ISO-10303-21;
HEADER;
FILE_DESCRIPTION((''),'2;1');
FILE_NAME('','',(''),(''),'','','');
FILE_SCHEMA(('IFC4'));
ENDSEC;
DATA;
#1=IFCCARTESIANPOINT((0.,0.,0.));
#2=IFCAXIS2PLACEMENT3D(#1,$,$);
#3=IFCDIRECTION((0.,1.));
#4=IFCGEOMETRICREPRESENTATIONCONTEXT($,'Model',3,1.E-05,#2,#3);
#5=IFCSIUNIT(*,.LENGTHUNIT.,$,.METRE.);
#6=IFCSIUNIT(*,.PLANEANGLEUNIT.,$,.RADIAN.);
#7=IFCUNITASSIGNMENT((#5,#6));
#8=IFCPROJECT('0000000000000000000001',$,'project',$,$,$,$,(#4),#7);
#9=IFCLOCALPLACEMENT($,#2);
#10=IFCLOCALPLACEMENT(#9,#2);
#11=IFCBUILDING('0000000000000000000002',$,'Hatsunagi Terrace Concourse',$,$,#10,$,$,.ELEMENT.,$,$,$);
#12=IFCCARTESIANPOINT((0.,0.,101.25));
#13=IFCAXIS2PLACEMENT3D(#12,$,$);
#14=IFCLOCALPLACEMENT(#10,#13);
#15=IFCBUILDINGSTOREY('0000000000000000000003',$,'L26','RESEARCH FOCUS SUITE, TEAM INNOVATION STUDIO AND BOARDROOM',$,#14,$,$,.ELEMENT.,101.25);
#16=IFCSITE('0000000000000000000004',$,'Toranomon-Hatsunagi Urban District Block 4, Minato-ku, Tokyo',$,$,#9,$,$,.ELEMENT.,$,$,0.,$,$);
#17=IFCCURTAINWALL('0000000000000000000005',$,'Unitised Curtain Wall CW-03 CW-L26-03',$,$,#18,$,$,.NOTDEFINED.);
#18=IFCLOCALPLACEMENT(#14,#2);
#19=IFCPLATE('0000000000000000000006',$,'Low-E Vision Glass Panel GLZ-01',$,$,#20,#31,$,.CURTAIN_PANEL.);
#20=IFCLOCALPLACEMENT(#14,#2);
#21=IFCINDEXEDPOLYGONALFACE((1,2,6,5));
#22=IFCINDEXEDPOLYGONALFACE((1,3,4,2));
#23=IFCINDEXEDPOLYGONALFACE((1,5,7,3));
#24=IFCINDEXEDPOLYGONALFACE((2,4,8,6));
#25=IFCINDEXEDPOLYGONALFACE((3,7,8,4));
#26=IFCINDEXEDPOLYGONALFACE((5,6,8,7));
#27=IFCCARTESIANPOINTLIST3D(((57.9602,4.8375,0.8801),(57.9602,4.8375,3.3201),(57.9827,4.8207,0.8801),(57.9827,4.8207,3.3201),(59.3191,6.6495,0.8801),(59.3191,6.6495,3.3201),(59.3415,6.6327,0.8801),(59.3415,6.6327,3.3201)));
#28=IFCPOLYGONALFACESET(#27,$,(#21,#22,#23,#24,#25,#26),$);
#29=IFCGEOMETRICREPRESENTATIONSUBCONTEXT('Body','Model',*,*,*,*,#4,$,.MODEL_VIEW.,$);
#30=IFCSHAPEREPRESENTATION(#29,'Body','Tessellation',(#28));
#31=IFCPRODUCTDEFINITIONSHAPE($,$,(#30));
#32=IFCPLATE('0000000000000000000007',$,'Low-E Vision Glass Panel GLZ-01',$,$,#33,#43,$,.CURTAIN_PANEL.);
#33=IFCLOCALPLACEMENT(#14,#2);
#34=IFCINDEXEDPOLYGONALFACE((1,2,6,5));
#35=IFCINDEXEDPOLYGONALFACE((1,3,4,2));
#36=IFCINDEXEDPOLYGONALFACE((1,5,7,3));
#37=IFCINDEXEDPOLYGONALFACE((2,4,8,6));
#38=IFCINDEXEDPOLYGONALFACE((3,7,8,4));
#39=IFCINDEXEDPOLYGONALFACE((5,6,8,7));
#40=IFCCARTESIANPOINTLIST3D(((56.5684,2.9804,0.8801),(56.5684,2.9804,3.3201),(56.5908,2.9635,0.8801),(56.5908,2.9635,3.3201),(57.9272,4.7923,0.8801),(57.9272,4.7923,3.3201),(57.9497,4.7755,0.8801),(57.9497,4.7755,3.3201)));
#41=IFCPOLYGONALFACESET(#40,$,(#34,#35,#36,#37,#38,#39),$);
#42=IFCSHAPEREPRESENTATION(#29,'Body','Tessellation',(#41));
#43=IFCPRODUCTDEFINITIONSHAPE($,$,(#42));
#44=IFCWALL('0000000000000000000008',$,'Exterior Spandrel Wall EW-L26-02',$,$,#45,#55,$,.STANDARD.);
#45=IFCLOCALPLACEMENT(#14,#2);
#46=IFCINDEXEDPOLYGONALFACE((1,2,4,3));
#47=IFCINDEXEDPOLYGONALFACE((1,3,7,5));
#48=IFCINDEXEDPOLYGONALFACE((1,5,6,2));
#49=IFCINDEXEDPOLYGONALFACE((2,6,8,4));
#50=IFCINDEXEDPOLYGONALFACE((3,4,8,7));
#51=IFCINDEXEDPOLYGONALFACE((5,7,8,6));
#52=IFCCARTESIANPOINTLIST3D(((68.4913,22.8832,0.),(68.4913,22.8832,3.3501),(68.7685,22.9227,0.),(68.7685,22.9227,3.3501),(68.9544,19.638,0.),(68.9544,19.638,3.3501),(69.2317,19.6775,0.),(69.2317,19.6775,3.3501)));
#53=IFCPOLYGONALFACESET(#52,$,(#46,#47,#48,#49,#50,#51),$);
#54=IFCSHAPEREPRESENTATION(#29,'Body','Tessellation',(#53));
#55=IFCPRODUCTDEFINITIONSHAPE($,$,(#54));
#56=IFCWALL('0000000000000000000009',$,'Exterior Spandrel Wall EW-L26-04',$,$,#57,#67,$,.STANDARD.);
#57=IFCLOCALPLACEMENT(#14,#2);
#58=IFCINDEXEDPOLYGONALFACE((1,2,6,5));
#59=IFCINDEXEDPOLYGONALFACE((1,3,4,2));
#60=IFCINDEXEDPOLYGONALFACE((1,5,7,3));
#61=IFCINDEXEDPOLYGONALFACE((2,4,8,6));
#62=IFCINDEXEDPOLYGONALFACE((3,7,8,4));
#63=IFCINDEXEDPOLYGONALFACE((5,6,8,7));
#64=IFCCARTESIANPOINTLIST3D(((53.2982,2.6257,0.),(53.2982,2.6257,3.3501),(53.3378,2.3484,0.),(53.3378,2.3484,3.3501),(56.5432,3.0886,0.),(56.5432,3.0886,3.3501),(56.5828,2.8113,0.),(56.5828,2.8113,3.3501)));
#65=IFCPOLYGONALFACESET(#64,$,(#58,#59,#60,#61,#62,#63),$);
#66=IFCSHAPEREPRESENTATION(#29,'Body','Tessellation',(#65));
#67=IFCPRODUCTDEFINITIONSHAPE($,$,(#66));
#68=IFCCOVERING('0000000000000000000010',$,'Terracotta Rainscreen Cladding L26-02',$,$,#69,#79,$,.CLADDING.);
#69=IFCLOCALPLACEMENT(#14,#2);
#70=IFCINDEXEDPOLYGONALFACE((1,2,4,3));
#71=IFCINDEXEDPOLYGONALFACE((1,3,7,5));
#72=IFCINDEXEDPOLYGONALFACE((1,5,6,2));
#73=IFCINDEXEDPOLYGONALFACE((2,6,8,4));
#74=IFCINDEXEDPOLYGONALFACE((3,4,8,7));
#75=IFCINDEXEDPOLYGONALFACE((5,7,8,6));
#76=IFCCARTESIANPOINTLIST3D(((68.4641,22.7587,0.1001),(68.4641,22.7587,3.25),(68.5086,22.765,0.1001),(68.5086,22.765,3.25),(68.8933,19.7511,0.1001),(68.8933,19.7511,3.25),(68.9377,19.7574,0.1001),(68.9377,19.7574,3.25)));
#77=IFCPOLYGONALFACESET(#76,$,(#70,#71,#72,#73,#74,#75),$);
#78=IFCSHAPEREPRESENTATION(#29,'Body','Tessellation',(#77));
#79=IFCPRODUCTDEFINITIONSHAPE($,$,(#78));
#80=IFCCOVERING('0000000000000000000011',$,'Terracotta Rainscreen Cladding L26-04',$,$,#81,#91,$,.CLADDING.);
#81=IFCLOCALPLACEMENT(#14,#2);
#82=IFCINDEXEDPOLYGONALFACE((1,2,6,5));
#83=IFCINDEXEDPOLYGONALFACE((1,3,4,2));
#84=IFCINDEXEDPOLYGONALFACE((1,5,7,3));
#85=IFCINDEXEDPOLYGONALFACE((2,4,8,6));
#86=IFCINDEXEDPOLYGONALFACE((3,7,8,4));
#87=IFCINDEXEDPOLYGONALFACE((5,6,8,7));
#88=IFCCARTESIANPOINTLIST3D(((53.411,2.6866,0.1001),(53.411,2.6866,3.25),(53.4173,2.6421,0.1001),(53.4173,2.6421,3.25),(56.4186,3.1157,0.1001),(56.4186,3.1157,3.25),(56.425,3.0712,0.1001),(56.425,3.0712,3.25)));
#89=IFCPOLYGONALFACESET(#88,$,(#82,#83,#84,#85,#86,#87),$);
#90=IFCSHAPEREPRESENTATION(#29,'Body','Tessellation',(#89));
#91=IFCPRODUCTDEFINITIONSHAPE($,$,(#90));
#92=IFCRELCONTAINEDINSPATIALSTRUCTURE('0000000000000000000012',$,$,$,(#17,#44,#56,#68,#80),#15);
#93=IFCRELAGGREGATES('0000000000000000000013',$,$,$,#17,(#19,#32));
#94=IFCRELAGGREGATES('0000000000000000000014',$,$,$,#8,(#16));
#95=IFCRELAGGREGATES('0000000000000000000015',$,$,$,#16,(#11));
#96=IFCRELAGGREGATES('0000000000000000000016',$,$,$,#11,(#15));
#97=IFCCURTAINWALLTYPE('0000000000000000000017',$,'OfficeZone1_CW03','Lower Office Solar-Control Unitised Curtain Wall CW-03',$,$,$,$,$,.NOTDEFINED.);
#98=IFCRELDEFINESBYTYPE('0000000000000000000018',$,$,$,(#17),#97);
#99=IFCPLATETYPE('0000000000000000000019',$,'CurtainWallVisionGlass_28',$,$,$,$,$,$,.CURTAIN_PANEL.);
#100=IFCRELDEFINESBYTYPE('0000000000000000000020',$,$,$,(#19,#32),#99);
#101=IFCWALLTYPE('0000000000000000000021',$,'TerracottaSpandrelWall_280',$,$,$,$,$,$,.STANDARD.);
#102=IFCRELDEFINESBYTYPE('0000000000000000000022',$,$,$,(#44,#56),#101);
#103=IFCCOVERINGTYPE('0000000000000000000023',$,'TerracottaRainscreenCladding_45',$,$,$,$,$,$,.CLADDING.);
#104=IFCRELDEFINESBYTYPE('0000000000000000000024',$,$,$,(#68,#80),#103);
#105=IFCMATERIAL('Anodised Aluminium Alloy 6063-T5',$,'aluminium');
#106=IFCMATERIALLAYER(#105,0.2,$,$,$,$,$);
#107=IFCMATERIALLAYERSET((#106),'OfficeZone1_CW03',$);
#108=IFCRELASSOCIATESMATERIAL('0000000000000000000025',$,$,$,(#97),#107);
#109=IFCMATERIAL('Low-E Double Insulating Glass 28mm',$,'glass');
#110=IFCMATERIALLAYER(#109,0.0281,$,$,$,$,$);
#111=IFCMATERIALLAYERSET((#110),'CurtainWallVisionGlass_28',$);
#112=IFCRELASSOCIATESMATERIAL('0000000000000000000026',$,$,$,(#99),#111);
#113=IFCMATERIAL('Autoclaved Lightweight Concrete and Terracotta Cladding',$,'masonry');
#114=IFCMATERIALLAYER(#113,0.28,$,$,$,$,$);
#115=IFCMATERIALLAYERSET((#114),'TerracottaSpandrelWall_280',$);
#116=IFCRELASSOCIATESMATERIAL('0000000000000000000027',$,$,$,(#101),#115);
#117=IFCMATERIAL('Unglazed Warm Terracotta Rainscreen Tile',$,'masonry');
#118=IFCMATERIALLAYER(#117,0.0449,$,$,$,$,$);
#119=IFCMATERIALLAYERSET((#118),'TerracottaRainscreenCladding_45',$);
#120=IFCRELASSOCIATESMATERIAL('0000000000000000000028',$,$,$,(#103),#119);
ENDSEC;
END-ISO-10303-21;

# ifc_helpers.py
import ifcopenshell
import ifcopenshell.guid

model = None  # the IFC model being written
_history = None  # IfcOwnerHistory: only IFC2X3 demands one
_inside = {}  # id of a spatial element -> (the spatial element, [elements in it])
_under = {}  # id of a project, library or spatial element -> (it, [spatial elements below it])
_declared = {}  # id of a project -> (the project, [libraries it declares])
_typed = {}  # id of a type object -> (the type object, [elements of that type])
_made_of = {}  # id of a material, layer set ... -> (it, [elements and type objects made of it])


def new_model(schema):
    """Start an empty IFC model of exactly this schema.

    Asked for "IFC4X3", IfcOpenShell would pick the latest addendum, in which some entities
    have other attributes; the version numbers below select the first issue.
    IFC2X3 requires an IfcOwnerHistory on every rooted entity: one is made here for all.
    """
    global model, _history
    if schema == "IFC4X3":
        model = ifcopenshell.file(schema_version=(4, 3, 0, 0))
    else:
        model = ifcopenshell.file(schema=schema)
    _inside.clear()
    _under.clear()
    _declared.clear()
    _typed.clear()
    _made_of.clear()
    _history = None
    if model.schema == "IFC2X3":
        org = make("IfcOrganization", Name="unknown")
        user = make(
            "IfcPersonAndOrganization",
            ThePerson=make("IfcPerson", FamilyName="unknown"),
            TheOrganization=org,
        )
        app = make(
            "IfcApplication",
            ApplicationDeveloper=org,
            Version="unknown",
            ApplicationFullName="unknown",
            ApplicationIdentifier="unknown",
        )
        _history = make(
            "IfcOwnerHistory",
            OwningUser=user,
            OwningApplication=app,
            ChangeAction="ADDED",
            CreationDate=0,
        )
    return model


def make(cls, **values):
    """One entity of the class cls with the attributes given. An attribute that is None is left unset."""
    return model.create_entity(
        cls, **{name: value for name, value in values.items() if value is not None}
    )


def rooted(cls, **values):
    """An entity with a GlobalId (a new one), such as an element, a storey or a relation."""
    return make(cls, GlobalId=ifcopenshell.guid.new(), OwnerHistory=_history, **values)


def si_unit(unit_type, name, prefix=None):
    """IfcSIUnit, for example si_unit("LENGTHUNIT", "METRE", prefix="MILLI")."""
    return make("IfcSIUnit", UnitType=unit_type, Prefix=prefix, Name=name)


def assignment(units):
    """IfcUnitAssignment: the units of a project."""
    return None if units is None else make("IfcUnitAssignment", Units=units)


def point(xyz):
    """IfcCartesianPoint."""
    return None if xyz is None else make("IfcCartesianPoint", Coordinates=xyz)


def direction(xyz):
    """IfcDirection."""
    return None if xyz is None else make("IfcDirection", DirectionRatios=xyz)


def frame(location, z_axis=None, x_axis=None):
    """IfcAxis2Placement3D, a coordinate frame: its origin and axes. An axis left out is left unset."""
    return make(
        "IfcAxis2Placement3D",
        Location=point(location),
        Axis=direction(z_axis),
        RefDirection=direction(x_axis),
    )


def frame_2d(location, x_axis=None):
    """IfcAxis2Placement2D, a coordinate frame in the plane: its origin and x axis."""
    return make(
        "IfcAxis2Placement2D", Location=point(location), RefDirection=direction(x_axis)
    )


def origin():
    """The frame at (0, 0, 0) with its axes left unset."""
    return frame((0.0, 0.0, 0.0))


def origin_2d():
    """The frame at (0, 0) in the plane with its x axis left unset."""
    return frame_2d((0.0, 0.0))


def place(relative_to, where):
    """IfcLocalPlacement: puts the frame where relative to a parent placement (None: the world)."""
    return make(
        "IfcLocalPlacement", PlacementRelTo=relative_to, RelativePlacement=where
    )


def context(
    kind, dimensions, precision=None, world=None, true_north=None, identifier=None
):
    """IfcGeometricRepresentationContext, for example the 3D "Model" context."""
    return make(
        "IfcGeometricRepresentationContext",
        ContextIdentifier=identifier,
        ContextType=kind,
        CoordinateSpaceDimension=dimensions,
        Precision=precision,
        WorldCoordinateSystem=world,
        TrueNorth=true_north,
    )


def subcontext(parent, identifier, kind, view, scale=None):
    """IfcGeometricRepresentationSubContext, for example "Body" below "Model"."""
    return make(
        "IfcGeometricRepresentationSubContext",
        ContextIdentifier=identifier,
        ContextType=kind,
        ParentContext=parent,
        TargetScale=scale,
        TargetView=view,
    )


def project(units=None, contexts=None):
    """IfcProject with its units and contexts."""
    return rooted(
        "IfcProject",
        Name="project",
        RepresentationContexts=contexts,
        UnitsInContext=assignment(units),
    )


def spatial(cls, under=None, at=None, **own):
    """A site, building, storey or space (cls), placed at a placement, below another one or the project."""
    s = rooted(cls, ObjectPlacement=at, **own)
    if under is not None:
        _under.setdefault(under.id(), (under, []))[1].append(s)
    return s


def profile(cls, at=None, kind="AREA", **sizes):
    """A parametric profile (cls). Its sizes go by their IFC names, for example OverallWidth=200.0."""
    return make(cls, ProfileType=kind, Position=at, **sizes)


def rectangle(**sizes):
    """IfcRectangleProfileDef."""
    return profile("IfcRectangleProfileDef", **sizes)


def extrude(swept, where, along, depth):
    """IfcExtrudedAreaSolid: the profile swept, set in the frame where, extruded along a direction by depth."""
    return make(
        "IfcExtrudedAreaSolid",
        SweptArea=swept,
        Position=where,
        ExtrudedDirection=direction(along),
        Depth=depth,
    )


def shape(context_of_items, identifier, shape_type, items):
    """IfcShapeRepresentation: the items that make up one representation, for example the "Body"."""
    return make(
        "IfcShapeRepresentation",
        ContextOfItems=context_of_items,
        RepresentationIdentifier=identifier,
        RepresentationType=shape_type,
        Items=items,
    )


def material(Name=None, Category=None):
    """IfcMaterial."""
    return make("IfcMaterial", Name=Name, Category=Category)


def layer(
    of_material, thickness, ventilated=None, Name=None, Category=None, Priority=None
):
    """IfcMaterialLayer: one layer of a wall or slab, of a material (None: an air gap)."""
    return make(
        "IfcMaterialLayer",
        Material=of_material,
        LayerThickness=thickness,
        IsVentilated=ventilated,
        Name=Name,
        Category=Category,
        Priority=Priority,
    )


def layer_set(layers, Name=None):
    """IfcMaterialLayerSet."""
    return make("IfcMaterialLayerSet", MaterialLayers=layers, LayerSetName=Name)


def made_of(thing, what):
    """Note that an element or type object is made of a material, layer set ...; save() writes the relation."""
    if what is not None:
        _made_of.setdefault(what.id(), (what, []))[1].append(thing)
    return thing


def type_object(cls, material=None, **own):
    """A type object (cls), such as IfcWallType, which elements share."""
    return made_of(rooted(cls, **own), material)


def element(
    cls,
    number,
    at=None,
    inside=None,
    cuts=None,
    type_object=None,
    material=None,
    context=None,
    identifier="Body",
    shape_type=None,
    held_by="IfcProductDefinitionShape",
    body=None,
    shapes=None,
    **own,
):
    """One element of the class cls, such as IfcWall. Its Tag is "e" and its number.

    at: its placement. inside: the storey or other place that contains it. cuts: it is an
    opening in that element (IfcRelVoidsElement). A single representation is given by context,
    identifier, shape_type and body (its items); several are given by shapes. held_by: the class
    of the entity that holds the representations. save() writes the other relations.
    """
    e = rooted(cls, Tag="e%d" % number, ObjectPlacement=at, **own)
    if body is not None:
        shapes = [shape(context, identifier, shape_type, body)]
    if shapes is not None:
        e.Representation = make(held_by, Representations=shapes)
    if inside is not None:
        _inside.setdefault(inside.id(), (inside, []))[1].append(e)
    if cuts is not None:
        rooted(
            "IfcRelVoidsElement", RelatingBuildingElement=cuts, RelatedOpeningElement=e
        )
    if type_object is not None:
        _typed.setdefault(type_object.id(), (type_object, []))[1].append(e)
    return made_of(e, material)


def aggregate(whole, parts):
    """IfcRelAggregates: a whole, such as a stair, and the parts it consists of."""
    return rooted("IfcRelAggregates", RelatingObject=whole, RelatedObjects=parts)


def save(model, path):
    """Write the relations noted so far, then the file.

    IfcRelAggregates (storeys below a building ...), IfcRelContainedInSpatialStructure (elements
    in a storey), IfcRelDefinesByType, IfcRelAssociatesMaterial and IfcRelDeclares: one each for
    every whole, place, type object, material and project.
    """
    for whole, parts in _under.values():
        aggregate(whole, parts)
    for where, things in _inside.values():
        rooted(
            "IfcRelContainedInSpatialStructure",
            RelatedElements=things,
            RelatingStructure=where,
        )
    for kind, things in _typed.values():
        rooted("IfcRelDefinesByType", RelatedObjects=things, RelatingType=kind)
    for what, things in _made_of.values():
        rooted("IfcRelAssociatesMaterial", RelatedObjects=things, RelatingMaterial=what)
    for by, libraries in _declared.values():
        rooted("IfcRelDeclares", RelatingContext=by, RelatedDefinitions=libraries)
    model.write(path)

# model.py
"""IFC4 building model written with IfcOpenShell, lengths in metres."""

from ifc_helpers import new_model, si_unit, direction, frame, frame_2d, origin, origin_2d, place, context, subcontext, project, spatial, rectangle, extrude, material, layer, layer_set, type_object, element, aggregate, save


model = new_model("IFC4")

# Units and contexts
model_context = context("Model", 3, precision=1e-05, world=origin(), true_north=direction((0.0, 1.0)))
body_context = subcontext(model_context, "Body", "Model", "MODEL_VIEW")
ifc_project = project(units=[si_unit("LENGTHUNIT", "METRE"), si_unit("PLANEANGLEUNIT", "RADIAN")], contexts=[model_context])

# Site, building, storey
site_placement = place(None, origin())
site = spatial("IfcSite", under=ifc_project, at=site_placement, Name="Toranomon-Hatsunagi Urban District Block 4, Minato-ku, Tokyo", CompositionType="ELEMENT", RefElevation=0.0)
building_placement = place(site_placement, origin())
building = spatial("IfcBuilding", under=site, at=building_placement, Name="Hatsunagi Terrace Concourse", CompositionType="ELEMENT")
storey_placement = place(building_placement, frame((0.0, 0.0, 101.25)))
storey = spatial("IfcBuildingStorey", under=building, at=storey_placement, Name="L26", Description="RESEARCH FOCUS SUITE, TEAM INNOVATION STUDIO AND BOARDROOM", CompositionType="ELEMENT", Elevation=101.25)

# Curtain wall
ifc_material_1 = material(Name="Anodised Aluminium Alloy 6063-T5", Category="aluminium")
ifc_layer_1 = layer(ifc_material_1, 0.2)
ifc_layer_set_1 = layer_set([ifc_layer_1], Name="OfficeZone1_CW03")
curtain_wall_type = type_object("IfcCurtainWallType", Name="OfficeZone1_CW03", Description="Lower Office Solar-Control Unitised Curtain Wall CW-03", PredefinedType="NOTDEFINED", material=ifc_layer_set_1)
curtain_wall_placement = place(storey_placement, origin())
curtain_wall = element("IfcCurtainWall", 1, at=curtain_wall_placement, inside=storey, type_object=curtain_wall_type, Name="Unitised Curtain Wall CW-03 CW-L26-03", PredefinedType="NOTDEFINED")

# Plates
ifc_material_2 = material(Name="Low-E Double Insulating Glass 28mm", Category="glass")
ifc_layer_2 = layer(ifc_material_2, 0.0281)
ifc_layer_set_2 = layer_set([ifc_layer_2], Name="CurtainWallVisionGlass_28")
plate_type_1 = type_object("IfcPlateType", Name="CurtainWallVisionGlass_28", PredefinedType="CURTAIN_PANEL", material=ifc_layer_set_2)
plate_1_placement = place(storey_placement, frame((58.6509, 5.7351, 0.8801), z_axis=(0.0, 0.0, 1.0), x_axis=(-0.599969, -0.800023, 0.0)))
plate_1 = element("IfcPlate", 2, at=plate_1_placement, type_object=plate_type_1, Name="Low-E Vision Glass Panel GLZ-01", PredefinedType="CURTAIN_PANEL", context=body_context, shape_type="SweptSolid", body=[
    extrude(rectangle(XDim=2.2649, YDim=0.0281, at=origin_2d()), origin(), (0.0, 0.0, 1.0), 2.4399),
])
plate_2_placement = place(storey_placement, frame((57.259, 3.8779, 0.8801), z_axis=(0.0, 0.0, 1.0), x_axis=(-0.599969, -0.800023, 0.0)))
plate_2 = element("IfcPlate", 3, at=plate_2_placement, type_object=plate_type_1, Name="Low-E Vision Glass Panel GLZ-01", PredefinedType="CURTAIN_PANEL", context=body_context, shape_type="SweptSolid", body=[
    extrude(rectangle(XDim=2.2649, YDim=0.0281, at=origin_2d()), origin(), (0.0, 0.0, 1.0), 2.4399),
])
aggregate(curtain_wall, [plate_1, plate_2])

# Walls
ifc_material_3 = material(Name="Autoclaved Lightweight Concrete and Terracotta Cladding", Category="masonry")
ifc_layer_3 = layer(ifc_material_3, 0.28)
ifc_layer_set_3 = layer_set([ifc_layer_3], Name="TerracottaSpandrelWall_280")
wall_type = type_object("IfcWallType", Name="TerracottaSpandrelWall_280", PredefinedType="STANDARD", material=ifc_layer_set_3)
wall_1_placement = place(storey_placement, frame((68.6299, 22.9031, 0.0), z_axis=(0.0, 0.0, 1.0), x_axis=(0.141286, -0.989969, 0.0)))
element("IfcWall", 4, at=wall_1_placement, inside=storey, type_object=wall_type, Name="Exterior Spandrel Wall EW-L26-02", PredefinedType="STANDARD", context=body_context, shape_type="SweptSolid", body=[
    extrude(rectangle(XDim=3.2781, YDim=0.28, at=frame_2d((1.6392, 0.0))), origin(), (0.0, 0.0, 1.0), 3.3501),
])
wall_2_placement = place(storey_placement, frame((56.563, 2.95, 0.0), z_axis=(0.0, 0.0, 1.0), x_axis=(-0.989978, -0.141223, 0.0)))
element("IfcWall", 5, at=wall_2_placement, inside=storey, type_object=wall_type, Name="Exterior Spandrel Wall EW-L26-04", PredefinedType="STANDARD", context=body_context, shape_type="SweptSolid", body=[
    extrude(rectangle(XDim=3.2778, YDim=0.28, at=frame_2d((1.6389, 0.0))), origin(), (0.0, 0.0, 1.0), 3.3501),
])

# Coverings
ifc_material_4 = material(Name="Unglazed Warm Terracotta Rainscreen Tile", Category="masonry")
ifc_layer_4 = layer(ifc_material_4, 0.0449)
ifc_layer_set_4 = layer_set([ifc_layer_4], Name="TerracottaRainscreenCladding_45")
covering_type = type_object("IfcCoveringType", Name="TerracottaRainscreenCladding_45", PredefinedType="CLADDING", material=ifc_layer_set_4)
for number, where, z_axis, x_axis, name in (
    (6, (68.7009, 21.2581, 0.1001), (0.0, 0.0, 1.0), (0.14125, -0.989974, 0.0), "Terracotta Rainscreen Cladding L26-02"),
    (7, (54.918, 2.8789, 0.1001), (0.0, 0.0, 1.0), (-0.989974, -0.14125, 0.0), "Terracotta Rainscreen Cladding L26-04"),
):
    element("IfcCovering", number, at=place(storey_placement, frame(where, z_axis=z_axis, x_axis=x_axis)), inside=storey, type_object=covering_type, Name=name, PredefinedType="CLADDING", context=body_context, shape_type="SweptSolid", body=[
        extrude(rectangle(XDim=3.0381, YDim=0.0449, at=origin_2d()), origin(), (0.0, 0.0, 1.0), 3.1499),
    ])

save(model, "model.ifc")
